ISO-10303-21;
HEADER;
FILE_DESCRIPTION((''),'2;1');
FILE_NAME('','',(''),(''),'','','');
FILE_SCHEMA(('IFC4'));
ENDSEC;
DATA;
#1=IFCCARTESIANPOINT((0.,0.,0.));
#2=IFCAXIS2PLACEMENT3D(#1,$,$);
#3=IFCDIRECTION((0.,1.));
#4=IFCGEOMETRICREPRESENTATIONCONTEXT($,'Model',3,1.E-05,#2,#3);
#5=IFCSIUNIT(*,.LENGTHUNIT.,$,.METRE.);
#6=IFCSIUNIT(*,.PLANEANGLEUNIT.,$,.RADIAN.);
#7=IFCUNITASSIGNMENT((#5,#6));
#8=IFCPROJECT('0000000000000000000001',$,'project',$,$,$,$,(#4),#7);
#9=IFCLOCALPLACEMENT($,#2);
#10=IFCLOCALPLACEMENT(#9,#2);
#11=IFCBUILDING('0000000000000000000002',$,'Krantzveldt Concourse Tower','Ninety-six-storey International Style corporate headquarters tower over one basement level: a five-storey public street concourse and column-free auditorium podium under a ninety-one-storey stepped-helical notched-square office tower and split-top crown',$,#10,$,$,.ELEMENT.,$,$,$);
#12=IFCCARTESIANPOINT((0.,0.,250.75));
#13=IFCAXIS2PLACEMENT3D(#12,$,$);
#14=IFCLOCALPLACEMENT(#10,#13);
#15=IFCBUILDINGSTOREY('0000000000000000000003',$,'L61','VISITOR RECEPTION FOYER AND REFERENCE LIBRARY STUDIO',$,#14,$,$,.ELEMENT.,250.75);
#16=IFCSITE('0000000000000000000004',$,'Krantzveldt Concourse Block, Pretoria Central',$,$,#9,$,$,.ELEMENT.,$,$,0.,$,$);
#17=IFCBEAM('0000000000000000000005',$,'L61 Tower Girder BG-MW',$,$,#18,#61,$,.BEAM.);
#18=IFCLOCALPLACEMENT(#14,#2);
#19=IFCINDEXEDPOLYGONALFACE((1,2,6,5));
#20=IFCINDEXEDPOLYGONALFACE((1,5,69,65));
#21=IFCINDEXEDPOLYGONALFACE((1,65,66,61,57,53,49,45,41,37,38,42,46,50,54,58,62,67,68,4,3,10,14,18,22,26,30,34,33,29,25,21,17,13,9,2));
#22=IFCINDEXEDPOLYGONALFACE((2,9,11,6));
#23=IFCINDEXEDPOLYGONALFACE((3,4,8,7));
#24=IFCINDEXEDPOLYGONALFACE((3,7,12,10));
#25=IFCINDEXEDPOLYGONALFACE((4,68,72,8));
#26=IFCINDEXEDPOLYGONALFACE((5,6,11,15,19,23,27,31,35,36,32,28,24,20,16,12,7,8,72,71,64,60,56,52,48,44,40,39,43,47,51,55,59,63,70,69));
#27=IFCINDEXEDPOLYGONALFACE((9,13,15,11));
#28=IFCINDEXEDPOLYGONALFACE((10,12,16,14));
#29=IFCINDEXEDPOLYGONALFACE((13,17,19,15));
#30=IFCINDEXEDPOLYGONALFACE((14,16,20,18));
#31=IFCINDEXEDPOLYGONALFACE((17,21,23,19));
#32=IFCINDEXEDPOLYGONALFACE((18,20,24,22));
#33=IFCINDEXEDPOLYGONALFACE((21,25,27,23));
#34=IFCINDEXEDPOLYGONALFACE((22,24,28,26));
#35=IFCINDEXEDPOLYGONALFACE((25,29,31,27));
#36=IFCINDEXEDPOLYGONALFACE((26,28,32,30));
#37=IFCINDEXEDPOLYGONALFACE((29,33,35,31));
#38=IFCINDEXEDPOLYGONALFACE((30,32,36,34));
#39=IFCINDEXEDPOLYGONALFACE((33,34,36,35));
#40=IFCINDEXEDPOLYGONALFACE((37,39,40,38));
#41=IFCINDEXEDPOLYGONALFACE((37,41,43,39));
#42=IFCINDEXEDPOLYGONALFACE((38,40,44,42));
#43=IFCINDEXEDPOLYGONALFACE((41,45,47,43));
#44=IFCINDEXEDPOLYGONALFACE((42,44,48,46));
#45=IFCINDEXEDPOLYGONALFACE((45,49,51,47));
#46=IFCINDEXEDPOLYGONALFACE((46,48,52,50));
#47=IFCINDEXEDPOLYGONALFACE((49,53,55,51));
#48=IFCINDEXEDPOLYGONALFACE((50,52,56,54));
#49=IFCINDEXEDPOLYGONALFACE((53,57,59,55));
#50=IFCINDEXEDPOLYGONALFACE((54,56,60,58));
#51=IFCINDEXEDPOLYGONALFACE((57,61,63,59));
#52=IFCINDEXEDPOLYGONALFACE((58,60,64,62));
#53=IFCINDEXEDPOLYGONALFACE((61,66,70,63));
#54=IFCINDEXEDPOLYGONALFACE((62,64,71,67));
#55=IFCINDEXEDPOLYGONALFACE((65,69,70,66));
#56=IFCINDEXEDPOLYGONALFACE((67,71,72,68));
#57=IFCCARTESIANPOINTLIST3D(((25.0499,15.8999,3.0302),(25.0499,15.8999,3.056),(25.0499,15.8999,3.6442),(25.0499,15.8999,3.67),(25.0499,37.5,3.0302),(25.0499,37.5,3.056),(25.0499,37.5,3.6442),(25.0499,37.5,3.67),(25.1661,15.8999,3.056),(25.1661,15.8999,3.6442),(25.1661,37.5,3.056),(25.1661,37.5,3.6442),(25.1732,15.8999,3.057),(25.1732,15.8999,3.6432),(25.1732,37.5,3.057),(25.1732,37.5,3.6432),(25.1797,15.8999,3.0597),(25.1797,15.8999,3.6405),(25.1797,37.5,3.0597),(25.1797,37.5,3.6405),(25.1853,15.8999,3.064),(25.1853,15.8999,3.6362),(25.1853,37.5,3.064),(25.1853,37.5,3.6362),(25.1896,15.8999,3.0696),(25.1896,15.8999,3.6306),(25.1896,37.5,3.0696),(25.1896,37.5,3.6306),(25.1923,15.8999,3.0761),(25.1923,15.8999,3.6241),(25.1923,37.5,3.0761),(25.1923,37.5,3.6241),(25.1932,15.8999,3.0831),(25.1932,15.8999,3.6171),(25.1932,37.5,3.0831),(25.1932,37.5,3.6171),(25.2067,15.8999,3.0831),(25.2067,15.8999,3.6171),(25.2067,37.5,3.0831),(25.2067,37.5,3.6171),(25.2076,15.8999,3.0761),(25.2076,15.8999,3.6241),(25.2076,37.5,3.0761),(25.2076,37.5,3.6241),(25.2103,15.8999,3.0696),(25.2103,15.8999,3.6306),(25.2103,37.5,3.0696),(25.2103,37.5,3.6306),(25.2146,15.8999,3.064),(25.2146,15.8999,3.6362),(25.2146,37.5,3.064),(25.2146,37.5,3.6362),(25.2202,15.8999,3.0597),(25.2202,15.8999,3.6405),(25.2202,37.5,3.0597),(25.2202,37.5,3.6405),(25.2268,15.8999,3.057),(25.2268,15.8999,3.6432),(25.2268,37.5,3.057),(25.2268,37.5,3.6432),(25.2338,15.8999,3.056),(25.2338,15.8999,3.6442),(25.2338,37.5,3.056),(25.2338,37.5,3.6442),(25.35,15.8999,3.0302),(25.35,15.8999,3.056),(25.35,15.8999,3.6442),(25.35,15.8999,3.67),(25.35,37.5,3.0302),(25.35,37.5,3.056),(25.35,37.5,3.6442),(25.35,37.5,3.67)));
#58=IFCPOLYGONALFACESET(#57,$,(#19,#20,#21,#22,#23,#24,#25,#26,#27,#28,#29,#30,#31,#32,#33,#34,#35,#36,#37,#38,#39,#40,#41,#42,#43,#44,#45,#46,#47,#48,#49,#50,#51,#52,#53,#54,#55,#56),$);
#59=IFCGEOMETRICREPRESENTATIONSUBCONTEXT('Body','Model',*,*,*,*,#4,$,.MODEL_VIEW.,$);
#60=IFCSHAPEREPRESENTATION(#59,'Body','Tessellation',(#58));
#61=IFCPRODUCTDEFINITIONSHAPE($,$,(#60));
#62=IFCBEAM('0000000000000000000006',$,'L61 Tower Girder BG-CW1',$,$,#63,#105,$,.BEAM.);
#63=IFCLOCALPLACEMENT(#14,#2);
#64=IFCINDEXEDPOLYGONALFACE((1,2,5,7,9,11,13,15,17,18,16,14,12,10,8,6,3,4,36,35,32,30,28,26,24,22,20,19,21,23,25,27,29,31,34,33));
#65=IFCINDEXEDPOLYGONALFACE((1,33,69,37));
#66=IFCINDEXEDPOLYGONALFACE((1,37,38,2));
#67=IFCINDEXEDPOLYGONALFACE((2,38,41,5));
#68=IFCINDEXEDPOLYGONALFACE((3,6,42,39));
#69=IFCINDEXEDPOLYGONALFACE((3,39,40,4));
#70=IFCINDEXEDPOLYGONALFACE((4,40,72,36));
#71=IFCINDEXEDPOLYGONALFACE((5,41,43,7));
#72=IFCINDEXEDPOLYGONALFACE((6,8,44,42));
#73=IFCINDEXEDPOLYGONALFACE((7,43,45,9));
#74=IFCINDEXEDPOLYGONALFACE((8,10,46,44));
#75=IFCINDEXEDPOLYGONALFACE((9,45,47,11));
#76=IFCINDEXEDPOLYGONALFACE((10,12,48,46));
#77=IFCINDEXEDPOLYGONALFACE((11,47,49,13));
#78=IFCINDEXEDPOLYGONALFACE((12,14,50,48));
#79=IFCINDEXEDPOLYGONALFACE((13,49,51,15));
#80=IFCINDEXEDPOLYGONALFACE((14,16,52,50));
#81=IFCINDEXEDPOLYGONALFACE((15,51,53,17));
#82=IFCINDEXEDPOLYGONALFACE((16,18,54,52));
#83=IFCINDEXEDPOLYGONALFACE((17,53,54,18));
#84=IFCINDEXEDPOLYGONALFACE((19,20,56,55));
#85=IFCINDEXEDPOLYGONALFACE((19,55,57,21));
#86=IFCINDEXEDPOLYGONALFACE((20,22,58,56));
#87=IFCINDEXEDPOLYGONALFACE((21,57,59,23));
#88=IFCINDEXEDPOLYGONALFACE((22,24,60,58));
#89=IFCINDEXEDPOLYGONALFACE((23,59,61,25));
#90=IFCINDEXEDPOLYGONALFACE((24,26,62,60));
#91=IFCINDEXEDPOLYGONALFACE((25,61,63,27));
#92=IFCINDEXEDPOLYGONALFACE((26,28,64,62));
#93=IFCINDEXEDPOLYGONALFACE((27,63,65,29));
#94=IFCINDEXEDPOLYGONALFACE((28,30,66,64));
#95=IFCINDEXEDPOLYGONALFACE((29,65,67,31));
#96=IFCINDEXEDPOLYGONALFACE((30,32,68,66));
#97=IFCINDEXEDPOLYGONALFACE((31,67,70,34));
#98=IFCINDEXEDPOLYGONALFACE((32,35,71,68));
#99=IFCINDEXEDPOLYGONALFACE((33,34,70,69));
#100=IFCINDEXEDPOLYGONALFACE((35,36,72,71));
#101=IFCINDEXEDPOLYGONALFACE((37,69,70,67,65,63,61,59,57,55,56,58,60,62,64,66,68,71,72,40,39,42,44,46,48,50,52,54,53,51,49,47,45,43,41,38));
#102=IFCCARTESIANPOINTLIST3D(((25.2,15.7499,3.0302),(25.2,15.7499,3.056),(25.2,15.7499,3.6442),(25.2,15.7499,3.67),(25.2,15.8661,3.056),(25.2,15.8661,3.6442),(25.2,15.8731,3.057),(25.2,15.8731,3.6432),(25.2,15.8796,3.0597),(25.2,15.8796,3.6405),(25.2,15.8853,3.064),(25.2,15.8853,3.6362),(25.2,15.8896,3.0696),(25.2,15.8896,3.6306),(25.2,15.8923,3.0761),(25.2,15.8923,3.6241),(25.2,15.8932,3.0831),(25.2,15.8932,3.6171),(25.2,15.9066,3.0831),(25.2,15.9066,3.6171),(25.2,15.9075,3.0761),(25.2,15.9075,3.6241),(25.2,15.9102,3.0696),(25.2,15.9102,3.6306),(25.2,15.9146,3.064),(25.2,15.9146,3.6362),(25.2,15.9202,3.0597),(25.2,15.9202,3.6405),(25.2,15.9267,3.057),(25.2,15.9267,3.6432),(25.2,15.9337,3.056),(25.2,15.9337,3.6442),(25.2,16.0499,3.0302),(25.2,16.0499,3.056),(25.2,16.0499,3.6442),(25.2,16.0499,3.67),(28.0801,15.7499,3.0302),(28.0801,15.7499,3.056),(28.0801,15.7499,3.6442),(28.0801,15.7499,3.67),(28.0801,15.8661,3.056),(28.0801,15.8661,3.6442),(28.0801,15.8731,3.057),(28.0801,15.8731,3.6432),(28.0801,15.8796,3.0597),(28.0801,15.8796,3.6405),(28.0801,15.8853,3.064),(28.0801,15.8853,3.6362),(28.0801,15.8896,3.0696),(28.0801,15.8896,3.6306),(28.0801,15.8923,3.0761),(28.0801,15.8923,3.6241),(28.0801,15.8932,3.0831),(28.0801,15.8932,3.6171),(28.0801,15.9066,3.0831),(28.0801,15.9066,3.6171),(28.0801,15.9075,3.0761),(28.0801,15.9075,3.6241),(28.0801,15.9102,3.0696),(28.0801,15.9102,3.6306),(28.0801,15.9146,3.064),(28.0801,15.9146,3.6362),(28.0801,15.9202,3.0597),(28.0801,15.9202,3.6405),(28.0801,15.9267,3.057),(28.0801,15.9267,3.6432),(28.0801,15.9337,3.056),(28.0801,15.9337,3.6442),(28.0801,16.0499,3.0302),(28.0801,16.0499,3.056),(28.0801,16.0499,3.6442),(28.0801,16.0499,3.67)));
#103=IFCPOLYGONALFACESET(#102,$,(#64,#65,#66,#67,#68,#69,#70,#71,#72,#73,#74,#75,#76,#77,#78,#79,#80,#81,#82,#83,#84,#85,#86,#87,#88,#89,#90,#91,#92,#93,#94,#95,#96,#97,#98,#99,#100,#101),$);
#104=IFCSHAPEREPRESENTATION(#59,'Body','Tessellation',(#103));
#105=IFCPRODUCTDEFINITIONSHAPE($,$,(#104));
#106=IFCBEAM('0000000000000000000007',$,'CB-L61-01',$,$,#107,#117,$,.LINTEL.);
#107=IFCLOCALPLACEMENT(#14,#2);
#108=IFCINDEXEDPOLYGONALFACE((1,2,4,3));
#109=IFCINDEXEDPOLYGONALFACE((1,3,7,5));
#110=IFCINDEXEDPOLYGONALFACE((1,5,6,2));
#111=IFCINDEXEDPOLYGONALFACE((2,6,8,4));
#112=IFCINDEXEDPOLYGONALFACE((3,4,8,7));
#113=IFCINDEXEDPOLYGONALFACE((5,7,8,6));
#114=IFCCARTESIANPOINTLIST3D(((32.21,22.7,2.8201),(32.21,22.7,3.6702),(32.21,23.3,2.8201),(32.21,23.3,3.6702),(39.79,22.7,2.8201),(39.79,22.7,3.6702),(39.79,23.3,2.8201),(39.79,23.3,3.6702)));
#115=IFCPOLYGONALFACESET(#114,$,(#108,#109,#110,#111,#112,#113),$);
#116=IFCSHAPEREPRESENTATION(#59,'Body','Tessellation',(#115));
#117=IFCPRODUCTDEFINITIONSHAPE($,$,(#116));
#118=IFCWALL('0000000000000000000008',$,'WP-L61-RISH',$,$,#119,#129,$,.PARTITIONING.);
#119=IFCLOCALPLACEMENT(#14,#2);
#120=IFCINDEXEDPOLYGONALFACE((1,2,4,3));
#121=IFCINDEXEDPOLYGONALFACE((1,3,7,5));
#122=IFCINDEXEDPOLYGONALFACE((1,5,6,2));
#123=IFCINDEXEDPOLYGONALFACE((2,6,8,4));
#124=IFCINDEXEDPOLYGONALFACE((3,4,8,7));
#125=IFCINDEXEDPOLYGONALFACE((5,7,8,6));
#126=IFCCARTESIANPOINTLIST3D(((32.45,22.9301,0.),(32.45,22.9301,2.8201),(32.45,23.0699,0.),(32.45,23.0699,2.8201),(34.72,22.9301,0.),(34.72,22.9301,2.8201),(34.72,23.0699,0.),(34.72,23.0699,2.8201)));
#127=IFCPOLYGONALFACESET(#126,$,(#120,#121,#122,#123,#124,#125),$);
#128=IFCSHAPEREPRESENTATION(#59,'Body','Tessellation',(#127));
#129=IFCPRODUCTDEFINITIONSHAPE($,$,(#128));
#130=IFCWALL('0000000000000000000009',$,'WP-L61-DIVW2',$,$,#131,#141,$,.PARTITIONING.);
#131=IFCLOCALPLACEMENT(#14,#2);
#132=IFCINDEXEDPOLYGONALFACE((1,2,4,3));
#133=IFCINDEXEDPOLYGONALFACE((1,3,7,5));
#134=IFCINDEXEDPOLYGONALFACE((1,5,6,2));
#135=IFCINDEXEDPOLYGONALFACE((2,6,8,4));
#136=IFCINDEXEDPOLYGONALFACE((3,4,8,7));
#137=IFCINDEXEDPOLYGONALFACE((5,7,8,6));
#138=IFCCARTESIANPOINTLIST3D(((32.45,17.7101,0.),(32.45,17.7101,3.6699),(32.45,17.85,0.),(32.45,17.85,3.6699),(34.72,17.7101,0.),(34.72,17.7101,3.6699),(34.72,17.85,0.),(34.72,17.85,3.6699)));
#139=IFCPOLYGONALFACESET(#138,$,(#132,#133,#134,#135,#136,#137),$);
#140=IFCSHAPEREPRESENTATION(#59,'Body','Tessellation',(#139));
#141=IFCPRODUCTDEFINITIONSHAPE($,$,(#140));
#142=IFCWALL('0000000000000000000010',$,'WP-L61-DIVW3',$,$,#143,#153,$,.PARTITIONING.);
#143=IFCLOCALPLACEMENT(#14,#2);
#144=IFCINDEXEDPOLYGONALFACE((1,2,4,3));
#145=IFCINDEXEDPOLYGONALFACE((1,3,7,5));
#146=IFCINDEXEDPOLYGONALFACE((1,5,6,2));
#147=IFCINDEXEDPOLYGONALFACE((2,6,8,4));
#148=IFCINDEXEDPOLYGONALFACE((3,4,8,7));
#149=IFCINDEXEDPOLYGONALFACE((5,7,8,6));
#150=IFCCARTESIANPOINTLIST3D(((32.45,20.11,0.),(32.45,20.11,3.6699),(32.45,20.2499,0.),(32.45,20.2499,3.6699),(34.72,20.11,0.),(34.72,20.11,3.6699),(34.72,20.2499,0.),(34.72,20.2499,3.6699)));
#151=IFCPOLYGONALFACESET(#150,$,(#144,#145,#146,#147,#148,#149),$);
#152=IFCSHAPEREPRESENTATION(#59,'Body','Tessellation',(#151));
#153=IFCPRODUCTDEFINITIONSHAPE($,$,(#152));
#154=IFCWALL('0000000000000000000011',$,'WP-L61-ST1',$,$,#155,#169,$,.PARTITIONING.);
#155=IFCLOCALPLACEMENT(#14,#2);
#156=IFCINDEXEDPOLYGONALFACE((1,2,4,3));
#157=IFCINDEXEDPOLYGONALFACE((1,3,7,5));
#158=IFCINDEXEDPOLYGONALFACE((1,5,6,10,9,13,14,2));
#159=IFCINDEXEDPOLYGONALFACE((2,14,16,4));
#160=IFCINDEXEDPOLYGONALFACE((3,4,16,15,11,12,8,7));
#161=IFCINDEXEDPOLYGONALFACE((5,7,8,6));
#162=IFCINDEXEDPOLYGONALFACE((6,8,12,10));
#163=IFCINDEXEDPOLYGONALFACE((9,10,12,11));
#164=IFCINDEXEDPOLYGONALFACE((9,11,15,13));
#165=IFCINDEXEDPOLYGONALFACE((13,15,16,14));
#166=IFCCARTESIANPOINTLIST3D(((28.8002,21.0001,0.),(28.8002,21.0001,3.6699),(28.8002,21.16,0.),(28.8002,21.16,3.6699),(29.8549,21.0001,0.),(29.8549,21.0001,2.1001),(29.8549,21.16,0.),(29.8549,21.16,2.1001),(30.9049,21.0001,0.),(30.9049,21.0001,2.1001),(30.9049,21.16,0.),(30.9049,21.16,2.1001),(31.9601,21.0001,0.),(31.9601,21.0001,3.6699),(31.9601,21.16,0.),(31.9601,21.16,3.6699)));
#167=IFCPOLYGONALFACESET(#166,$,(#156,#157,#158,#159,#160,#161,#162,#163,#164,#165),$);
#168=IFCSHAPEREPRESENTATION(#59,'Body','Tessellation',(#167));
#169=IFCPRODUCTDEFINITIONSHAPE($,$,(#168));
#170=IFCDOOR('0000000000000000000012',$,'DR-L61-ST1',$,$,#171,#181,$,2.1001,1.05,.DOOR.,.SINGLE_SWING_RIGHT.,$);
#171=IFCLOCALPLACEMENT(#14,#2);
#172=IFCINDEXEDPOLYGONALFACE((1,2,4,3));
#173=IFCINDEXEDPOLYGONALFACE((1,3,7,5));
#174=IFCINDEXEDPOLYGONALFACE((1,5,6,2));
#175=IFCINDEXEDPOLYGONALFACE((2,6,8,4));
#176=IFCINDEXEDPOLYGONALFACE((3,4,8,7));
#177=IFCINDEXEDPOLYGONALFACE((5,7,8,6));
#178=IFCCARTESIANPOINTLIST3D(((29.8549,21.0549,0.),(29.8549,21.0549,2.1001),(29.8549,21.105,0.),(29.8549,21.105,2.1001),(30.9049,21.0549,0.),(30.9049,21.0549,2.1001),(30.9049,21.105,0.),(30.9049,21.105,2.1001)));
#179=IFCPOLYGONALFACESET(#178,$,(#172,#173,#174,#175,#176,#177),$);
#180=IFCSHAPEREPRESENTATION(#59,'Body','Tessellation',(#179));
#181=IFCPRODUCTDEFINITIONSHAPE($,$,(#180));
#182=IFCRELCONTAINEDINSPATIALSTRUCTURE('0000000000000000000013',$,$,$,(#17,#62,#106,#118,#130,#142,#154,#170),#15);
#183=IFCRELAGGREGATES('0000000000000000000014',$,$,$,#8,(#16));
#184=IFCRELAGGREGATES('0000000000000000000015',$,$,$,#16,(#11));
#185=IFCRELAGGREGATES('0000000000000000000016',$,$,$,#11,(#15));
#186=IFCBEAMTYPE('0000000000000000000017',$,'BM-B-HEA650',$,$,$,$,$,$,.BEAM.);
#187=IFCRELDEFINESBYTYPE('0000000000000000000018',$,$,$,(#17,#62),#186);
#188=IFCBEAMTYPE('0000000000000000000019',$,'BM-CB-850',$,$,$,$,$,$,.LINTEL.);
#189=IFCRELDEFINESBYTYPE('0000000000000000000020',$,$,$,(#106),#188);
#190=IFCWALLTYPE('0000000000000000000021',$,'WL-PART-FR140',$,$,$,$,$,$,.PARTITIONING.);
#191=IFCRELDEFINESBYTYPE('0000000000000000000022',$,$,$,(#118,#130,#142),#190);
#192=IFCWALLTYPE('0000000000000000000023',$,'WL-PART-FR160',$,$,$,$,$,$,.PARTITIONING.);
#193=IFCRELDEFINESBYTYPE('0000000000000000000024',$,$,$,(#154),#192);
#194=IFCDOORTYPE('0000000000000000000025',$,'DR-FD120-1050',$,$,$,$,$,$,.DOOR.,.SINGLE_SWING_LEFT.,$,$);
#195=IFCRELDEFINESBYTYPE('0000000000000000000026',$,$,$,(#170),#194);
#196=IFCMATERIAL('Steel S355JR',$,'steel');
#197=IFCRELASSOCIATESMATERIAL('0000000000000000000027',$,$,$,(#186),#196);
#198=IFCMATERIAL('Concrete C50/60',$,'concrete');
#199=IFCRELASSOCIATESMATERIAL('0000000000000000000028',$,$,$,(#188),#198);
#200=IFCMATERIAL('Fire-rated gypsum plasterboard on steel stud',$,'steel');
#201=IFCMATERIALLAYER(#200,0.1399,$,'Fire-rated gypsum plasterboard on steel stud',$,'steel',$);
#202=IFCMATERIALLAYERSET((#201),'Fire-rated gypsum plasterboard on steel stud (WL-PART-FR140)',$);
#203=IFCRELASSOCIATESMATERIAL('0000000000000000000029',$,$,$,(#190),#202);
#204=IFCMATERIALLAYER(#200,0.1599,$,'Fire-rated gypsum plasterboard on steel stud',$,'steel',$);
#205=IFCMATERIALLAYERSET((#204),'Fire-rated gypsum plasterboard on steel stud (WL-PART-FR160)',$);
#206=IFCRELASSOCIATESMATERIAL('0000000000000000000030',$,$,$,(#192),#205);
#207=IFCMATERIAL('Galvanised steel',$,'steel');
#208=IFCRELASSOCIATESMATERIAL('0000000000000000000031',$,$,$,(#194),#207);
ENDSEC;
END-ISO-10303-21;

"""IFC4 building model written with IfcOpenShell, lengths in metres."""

from ifc_helpers import new_model, si_unit, direction, frame, frame_2d, origin, origin_2d, place, context, subcontext, project, spatial, rectangle, i_section, extrude, source, transform, mapped, material, layer, layer_set, material_profile, profile_set, type_object, type_shapes, element, fill, save


model = new_model("IFC4")

# Units and contexts
model_context = context("Model", 3, precision=1e-05, world=origin(), true_north=direction((0.0, 1.0)))
body_context = subcontext(model_context, "Body", "Model", "MODEL_VIEW")
ifc_project = project(units=[si_unit("LENGTHUNIT", "METRE"), si_unit("PLANEANGLEUNIT", "RADIAN")], contexts=[model_context])

# Site, building, storey
site_placement = place(None, origin())
site = spatial("IfcSite", under=ifc_project, at=site_placement, Name="Krantzveldt Concourse Block, Pretoria Central", CompositionType="ELEMENT", RefElevation=0.0)
building_placement = place(site_placement, origin())
building = spatial("IfcBuilding", under=site, at=building_placement, Name="Krantzveldt Concourse Tower", Description="Ninety-six-storey International Style corporate headquarters tower over one basement level: a five-storey public street concourse and column-free auditorium podium under a ninety-one-storey stepped-helical notched-square office tower and split-top crown", CompositionType="ELEMENT")
storey_placement = place(building_placement, frame((0.0, 0.0, 250.75)))
storey = spatial("IfcBuildingStorey", under=building, at=storey_placement, Name="L61", Description="VISITOR RECEPTION FOYER AND REFERENCE LIBRARY STUDIO", CompositionType="ELEMENT", Elevation=250.75)

# Beams
ifc_material_1 = material(Name="Steel S355JR", Category="steel")
ifc_material_profile_1 = material_profile(ifc_material_1, i_section(OverallWidth=0.3, OverallDepth=0.6399, WebThickness=0.0134, FlangeThickness=0.0259, FilletRadius=0.0271, at=origin_2d()), Name="Steel S355JR", Category="steel")
ifc_profile_set_1 = profile_set([ifc_material_profile_1], Name="Steel S355JR - HEA 650")
beam_type_1 = type_object("IfcBeamType", Name="BM-B-HEA650", PredefinedType="BEAM", material=ifc_profile_set_1)
shared_shape_1 = source(origin(), body_context, "Body", "SweptSolid", [
    extrude(i_section(OverallWidth=0.3, OverallDepth=0.6399, WebThickness=0.0134, FlangeThickness=0.0259, FilletRadius=0.0271, at=origin_2d()), origin(), (0.0, 0.0, 1.0), 21.6001),
])
beam_1_placement = place(storey_placement, frame((25.2, 15.8999, 3.3501), z_axis=(0.0, 1.0, 0.0), x_axis=(-1.0, 0.0, 0.0)))
element("IfcBeam", 1, at=beam_1_placement, inside=storey, type_object=beam_type_1, Name="L61 Tower Girder BG-MW", PredefinedType="BEAM", context=body_context, shape_type="MappedRepresentation", body=[
    mapped(shared_shape_1, transform((0.0, 0.0, 0.0), x_axis=(1.0, 0.0, 0.0), y_axis=(0.0, 1.0, 0.0), z_axis=(0.0, 0.0, 1.0), scale=1.0)),
])
shared_shape_2 = source(origin(), body_context, "Body", "SweptSolid", [
    extrude(i_section(OverallWidth=0.3, OverallDepth=0.6399, WebThickness=0.0134, FlangeThickness=0.0259, FilletRadius=0.0271, at=origin_2d()), origin(), (0.0, 0.0, 1.0), 2.8801),
])
type_shapes(beam_type_1, [shared_shape_1, shared_shape_2])
beam_2_placement = place(storey_placement, frame((25.2, 15.8999, 3.3501), z_axis=(1.0, 0.0, 0.0), x_axis=(0.0, 1.0, 0.0)))
element("IfcBeam", 2, at=beam_2_placement, inside=storey, type_object=beam_type_1, Name="L61 Tower Girder BG-CW1", PredefinedType="BEAM", context=body_context, shape_type="MappedRepresentation", body=[
    mapped(shared_shape_2, transform((0.0, 0.0, 0.0), x_axis=(1.0, 0.0, 0.0), y_axis=(0.0, 1.0, 0.0), z_axis=(0.0, 0.0, 1.0), scale=1.0)),
])
ifc_material_2 = material(Name="Concrete C50/60", Category="concrete")
ifc_material_profile_2 = material_profile(ifc_material_2, rectangle(XDim=0.6001, YDim=0.8501, at=origin_2d()), Name="Concrete C50/60", Category="concrete")
ifc_profile_set_2 = profile_set([ifc_material_profile_2], Name="Concrete C50/60 - RC-CB 600x850")
beam_type_2 = type_object("IfcBeamType", Name="BM-CB-850", PredefinedType="LINTEL", material=ifc_profile_set_2)
shared_shape_3 = source(origin(), body_context, "Body", "SweptSolid", [
    extrude(rectangle(XDim=0.6001, YDim=0.8501, at=origin_2d()), origin(), (0.0, 0.0, 1.0), 7.5801),
])
type_shapes(beam_type_2, [shared_shape_3])
beam_3_placement = place(storey_placement, frame((32.21, 23.0, 3.2451), z_axis=(1.0, 0.0, 0.0), x_axis=(0.0, 1.0, 0.0)))
element("IfcBeam", 3, at=beam_3_placement, inside=storey, type_object=beam_type_2, Name="CB-L61-01", PredefinedType="LINTEL", context=body_context, shape_type="MappedRepresentation", body=[
    mapped(shared_shape_3, transform((0.0, 0.0, 0.0), x_axis=(1.0, 0.0, 0.0), y_axis=(0.0, 1.0, 0.0), z_axis=(0.0, 0.0, 1.0), scale=1.0)),
])

# Walls
ifc_material_3 = material(Name="Fire-rated gypsum plasterboard on steel stud", Category="steel")
ifc_layer_1 = layer(ifc_material_3, 0.1399, Name="Fire-rated gypsum plasterboard on steel stud", Category="steel")
ifc_layer_set_1 = layer_set([ifc_layer_1], Name="Fire-rated gypsum plasterboard on steel stud (WL-PART-FR140)")
wall_type_1 = type_object("IfcWallType", Name="WL-PART-FR140", PredefinedType="PARTITIONING", material=ifc_layer_set_1)
wall_1_placement = place(storey_placement, frame((32.45, 23.0, 0.0), z_axis=(0.0, 0.0, 1.0), x_axis=(1.0, 0.0, 0.0)))
element("IfcWall", 4, at=wall_1_placement, inside=storey, type_object=wall_type_1, Name="WP-L61-RISH", PredefinedType="PARTITIONING", context=body_context, shape_type="SweptSolid", body=[
    extrude(rectangle(XDim=2.27, YDim=0.1399, at=frame_2d((1.135, 0.0))), origin(), (0.0, 0.0, 1.0), 2.8201),
])
for number, where, z_axis, x_axis, name in (
    (5, (32.45, 17.78, 0.0), (0.0, 0.0, 1.0), (1.0, 0.0, 0.0), "WP-L61-DIVW2"),
    (6, (32.45, 20.1799, 0.0), (0.0, 0.0, 1.0), (1.0, 0.0, 0.0), "WP-L61-DIVW3"),
):
    element("IfcWall", number, at=place(storey_placement, frame(where, z_axis=z_axis, x_axis=x_axis)), inside=storey, type_object=wall_type_1, Name=name, PredefinedType="PARTITIONING", context=body_context, shape_type="SweptSolid", body=[
        extrude(rectangle(XDim=2.27, YDim=0.1399, at=frame_2d((1.135, 0.0))), origin(), (0.0, 0.0, 1.0), 3.6699),
    ])

# Wall, opening, door
ifc_layer_2 = layer(ifc_material_3, 0.1599, Name="Fire-rated gypsum plasterboard on steel stud", Category="steel")
ifc_layer_set_2 = layer_set([ifc_layer_2], Name="Fire-rated gypsum plasterboard on steel stud (WL-PART-FR160)")
wall_type_2 = type_object("IfcWallType", Name="WL-PART-FR160", PredefinedType="PARTITIONING", material=ifc_layer_set_2)
wall_2_placement = place(storey_placement, frame((28.8, 21.0801, 0.0), z_axis=(0.0, 0.0, 1.0), x_axis=(1.0, 0.0, 0.0)))
wall_2 = element("IfcWall", 7, at=wall_2_placement, inside=storey, type_object=wall_type_2, Name="WP-L61-ST1", PredefinedType="PARTITIONING", context=body_context, shape_type="SweptSolid", body=[
    extrude(rectangle(XDim=3.1599, YDim=0.1599, at=frame_2d((1.5801, 0.0))), origin(), (0.0, 0.0, 1.0), 3.6699),
])
opening_placement = place(wall_2_placement, frame((1.0549, 0.0, 0.0)))
opening = element("IfcOpeningElement", 8, at=opening_placement, cuts=wall_2, PredefinedType="OPENING", context=body_context, shape_type="SweptSolid", body=[
    extrude(rectangle(XDim=1.05, YDim=2.1001, at=frame_2d((0.5249, 1.05))), frame((0.0, 0.0898, 0.0), z_axis=(0.0, -1.0, 0.0), x_axis=(1.0, 0.0, 0.0)), (0.0, 0.0, 1.0), 0.1799),
])
ifc_material_4 = material(Name="Galvanised steel", Category="steel")
door_type = type_object("IfcDoorType", Name="DR-FD120-1050", OperationType="SINGLE_SWING_LEFT", PredefinedType="DOOR", material=ifc_material_4)
door_placement = place(opening_placement, origin())
door = element("IfcDoor", 9, at=door_placement, inside=storey, type_object=door_type, Name="DR-L61-ST1", OperationType="SINGLE_SWING_RIGHT", OverallHeight=2.1001, OverallWidth=1.05, PredefinedType="DOOR", context=body_context, shape_type="SweptSolid", body=[
    extrude(rectangle(XDim=1.05, YDim=2.1001, at=frame_2d((0.5249, 1.05))), frame((0.0, 0.0249, 0.0), z_axis=(0.0, -1.0, 0.0), x_axis=(1.0, 0.0, 0.0)), (0.0, 0.0, 1.0), 0.05),
])
fill(opening, door)

save(model, "model.ifc")
